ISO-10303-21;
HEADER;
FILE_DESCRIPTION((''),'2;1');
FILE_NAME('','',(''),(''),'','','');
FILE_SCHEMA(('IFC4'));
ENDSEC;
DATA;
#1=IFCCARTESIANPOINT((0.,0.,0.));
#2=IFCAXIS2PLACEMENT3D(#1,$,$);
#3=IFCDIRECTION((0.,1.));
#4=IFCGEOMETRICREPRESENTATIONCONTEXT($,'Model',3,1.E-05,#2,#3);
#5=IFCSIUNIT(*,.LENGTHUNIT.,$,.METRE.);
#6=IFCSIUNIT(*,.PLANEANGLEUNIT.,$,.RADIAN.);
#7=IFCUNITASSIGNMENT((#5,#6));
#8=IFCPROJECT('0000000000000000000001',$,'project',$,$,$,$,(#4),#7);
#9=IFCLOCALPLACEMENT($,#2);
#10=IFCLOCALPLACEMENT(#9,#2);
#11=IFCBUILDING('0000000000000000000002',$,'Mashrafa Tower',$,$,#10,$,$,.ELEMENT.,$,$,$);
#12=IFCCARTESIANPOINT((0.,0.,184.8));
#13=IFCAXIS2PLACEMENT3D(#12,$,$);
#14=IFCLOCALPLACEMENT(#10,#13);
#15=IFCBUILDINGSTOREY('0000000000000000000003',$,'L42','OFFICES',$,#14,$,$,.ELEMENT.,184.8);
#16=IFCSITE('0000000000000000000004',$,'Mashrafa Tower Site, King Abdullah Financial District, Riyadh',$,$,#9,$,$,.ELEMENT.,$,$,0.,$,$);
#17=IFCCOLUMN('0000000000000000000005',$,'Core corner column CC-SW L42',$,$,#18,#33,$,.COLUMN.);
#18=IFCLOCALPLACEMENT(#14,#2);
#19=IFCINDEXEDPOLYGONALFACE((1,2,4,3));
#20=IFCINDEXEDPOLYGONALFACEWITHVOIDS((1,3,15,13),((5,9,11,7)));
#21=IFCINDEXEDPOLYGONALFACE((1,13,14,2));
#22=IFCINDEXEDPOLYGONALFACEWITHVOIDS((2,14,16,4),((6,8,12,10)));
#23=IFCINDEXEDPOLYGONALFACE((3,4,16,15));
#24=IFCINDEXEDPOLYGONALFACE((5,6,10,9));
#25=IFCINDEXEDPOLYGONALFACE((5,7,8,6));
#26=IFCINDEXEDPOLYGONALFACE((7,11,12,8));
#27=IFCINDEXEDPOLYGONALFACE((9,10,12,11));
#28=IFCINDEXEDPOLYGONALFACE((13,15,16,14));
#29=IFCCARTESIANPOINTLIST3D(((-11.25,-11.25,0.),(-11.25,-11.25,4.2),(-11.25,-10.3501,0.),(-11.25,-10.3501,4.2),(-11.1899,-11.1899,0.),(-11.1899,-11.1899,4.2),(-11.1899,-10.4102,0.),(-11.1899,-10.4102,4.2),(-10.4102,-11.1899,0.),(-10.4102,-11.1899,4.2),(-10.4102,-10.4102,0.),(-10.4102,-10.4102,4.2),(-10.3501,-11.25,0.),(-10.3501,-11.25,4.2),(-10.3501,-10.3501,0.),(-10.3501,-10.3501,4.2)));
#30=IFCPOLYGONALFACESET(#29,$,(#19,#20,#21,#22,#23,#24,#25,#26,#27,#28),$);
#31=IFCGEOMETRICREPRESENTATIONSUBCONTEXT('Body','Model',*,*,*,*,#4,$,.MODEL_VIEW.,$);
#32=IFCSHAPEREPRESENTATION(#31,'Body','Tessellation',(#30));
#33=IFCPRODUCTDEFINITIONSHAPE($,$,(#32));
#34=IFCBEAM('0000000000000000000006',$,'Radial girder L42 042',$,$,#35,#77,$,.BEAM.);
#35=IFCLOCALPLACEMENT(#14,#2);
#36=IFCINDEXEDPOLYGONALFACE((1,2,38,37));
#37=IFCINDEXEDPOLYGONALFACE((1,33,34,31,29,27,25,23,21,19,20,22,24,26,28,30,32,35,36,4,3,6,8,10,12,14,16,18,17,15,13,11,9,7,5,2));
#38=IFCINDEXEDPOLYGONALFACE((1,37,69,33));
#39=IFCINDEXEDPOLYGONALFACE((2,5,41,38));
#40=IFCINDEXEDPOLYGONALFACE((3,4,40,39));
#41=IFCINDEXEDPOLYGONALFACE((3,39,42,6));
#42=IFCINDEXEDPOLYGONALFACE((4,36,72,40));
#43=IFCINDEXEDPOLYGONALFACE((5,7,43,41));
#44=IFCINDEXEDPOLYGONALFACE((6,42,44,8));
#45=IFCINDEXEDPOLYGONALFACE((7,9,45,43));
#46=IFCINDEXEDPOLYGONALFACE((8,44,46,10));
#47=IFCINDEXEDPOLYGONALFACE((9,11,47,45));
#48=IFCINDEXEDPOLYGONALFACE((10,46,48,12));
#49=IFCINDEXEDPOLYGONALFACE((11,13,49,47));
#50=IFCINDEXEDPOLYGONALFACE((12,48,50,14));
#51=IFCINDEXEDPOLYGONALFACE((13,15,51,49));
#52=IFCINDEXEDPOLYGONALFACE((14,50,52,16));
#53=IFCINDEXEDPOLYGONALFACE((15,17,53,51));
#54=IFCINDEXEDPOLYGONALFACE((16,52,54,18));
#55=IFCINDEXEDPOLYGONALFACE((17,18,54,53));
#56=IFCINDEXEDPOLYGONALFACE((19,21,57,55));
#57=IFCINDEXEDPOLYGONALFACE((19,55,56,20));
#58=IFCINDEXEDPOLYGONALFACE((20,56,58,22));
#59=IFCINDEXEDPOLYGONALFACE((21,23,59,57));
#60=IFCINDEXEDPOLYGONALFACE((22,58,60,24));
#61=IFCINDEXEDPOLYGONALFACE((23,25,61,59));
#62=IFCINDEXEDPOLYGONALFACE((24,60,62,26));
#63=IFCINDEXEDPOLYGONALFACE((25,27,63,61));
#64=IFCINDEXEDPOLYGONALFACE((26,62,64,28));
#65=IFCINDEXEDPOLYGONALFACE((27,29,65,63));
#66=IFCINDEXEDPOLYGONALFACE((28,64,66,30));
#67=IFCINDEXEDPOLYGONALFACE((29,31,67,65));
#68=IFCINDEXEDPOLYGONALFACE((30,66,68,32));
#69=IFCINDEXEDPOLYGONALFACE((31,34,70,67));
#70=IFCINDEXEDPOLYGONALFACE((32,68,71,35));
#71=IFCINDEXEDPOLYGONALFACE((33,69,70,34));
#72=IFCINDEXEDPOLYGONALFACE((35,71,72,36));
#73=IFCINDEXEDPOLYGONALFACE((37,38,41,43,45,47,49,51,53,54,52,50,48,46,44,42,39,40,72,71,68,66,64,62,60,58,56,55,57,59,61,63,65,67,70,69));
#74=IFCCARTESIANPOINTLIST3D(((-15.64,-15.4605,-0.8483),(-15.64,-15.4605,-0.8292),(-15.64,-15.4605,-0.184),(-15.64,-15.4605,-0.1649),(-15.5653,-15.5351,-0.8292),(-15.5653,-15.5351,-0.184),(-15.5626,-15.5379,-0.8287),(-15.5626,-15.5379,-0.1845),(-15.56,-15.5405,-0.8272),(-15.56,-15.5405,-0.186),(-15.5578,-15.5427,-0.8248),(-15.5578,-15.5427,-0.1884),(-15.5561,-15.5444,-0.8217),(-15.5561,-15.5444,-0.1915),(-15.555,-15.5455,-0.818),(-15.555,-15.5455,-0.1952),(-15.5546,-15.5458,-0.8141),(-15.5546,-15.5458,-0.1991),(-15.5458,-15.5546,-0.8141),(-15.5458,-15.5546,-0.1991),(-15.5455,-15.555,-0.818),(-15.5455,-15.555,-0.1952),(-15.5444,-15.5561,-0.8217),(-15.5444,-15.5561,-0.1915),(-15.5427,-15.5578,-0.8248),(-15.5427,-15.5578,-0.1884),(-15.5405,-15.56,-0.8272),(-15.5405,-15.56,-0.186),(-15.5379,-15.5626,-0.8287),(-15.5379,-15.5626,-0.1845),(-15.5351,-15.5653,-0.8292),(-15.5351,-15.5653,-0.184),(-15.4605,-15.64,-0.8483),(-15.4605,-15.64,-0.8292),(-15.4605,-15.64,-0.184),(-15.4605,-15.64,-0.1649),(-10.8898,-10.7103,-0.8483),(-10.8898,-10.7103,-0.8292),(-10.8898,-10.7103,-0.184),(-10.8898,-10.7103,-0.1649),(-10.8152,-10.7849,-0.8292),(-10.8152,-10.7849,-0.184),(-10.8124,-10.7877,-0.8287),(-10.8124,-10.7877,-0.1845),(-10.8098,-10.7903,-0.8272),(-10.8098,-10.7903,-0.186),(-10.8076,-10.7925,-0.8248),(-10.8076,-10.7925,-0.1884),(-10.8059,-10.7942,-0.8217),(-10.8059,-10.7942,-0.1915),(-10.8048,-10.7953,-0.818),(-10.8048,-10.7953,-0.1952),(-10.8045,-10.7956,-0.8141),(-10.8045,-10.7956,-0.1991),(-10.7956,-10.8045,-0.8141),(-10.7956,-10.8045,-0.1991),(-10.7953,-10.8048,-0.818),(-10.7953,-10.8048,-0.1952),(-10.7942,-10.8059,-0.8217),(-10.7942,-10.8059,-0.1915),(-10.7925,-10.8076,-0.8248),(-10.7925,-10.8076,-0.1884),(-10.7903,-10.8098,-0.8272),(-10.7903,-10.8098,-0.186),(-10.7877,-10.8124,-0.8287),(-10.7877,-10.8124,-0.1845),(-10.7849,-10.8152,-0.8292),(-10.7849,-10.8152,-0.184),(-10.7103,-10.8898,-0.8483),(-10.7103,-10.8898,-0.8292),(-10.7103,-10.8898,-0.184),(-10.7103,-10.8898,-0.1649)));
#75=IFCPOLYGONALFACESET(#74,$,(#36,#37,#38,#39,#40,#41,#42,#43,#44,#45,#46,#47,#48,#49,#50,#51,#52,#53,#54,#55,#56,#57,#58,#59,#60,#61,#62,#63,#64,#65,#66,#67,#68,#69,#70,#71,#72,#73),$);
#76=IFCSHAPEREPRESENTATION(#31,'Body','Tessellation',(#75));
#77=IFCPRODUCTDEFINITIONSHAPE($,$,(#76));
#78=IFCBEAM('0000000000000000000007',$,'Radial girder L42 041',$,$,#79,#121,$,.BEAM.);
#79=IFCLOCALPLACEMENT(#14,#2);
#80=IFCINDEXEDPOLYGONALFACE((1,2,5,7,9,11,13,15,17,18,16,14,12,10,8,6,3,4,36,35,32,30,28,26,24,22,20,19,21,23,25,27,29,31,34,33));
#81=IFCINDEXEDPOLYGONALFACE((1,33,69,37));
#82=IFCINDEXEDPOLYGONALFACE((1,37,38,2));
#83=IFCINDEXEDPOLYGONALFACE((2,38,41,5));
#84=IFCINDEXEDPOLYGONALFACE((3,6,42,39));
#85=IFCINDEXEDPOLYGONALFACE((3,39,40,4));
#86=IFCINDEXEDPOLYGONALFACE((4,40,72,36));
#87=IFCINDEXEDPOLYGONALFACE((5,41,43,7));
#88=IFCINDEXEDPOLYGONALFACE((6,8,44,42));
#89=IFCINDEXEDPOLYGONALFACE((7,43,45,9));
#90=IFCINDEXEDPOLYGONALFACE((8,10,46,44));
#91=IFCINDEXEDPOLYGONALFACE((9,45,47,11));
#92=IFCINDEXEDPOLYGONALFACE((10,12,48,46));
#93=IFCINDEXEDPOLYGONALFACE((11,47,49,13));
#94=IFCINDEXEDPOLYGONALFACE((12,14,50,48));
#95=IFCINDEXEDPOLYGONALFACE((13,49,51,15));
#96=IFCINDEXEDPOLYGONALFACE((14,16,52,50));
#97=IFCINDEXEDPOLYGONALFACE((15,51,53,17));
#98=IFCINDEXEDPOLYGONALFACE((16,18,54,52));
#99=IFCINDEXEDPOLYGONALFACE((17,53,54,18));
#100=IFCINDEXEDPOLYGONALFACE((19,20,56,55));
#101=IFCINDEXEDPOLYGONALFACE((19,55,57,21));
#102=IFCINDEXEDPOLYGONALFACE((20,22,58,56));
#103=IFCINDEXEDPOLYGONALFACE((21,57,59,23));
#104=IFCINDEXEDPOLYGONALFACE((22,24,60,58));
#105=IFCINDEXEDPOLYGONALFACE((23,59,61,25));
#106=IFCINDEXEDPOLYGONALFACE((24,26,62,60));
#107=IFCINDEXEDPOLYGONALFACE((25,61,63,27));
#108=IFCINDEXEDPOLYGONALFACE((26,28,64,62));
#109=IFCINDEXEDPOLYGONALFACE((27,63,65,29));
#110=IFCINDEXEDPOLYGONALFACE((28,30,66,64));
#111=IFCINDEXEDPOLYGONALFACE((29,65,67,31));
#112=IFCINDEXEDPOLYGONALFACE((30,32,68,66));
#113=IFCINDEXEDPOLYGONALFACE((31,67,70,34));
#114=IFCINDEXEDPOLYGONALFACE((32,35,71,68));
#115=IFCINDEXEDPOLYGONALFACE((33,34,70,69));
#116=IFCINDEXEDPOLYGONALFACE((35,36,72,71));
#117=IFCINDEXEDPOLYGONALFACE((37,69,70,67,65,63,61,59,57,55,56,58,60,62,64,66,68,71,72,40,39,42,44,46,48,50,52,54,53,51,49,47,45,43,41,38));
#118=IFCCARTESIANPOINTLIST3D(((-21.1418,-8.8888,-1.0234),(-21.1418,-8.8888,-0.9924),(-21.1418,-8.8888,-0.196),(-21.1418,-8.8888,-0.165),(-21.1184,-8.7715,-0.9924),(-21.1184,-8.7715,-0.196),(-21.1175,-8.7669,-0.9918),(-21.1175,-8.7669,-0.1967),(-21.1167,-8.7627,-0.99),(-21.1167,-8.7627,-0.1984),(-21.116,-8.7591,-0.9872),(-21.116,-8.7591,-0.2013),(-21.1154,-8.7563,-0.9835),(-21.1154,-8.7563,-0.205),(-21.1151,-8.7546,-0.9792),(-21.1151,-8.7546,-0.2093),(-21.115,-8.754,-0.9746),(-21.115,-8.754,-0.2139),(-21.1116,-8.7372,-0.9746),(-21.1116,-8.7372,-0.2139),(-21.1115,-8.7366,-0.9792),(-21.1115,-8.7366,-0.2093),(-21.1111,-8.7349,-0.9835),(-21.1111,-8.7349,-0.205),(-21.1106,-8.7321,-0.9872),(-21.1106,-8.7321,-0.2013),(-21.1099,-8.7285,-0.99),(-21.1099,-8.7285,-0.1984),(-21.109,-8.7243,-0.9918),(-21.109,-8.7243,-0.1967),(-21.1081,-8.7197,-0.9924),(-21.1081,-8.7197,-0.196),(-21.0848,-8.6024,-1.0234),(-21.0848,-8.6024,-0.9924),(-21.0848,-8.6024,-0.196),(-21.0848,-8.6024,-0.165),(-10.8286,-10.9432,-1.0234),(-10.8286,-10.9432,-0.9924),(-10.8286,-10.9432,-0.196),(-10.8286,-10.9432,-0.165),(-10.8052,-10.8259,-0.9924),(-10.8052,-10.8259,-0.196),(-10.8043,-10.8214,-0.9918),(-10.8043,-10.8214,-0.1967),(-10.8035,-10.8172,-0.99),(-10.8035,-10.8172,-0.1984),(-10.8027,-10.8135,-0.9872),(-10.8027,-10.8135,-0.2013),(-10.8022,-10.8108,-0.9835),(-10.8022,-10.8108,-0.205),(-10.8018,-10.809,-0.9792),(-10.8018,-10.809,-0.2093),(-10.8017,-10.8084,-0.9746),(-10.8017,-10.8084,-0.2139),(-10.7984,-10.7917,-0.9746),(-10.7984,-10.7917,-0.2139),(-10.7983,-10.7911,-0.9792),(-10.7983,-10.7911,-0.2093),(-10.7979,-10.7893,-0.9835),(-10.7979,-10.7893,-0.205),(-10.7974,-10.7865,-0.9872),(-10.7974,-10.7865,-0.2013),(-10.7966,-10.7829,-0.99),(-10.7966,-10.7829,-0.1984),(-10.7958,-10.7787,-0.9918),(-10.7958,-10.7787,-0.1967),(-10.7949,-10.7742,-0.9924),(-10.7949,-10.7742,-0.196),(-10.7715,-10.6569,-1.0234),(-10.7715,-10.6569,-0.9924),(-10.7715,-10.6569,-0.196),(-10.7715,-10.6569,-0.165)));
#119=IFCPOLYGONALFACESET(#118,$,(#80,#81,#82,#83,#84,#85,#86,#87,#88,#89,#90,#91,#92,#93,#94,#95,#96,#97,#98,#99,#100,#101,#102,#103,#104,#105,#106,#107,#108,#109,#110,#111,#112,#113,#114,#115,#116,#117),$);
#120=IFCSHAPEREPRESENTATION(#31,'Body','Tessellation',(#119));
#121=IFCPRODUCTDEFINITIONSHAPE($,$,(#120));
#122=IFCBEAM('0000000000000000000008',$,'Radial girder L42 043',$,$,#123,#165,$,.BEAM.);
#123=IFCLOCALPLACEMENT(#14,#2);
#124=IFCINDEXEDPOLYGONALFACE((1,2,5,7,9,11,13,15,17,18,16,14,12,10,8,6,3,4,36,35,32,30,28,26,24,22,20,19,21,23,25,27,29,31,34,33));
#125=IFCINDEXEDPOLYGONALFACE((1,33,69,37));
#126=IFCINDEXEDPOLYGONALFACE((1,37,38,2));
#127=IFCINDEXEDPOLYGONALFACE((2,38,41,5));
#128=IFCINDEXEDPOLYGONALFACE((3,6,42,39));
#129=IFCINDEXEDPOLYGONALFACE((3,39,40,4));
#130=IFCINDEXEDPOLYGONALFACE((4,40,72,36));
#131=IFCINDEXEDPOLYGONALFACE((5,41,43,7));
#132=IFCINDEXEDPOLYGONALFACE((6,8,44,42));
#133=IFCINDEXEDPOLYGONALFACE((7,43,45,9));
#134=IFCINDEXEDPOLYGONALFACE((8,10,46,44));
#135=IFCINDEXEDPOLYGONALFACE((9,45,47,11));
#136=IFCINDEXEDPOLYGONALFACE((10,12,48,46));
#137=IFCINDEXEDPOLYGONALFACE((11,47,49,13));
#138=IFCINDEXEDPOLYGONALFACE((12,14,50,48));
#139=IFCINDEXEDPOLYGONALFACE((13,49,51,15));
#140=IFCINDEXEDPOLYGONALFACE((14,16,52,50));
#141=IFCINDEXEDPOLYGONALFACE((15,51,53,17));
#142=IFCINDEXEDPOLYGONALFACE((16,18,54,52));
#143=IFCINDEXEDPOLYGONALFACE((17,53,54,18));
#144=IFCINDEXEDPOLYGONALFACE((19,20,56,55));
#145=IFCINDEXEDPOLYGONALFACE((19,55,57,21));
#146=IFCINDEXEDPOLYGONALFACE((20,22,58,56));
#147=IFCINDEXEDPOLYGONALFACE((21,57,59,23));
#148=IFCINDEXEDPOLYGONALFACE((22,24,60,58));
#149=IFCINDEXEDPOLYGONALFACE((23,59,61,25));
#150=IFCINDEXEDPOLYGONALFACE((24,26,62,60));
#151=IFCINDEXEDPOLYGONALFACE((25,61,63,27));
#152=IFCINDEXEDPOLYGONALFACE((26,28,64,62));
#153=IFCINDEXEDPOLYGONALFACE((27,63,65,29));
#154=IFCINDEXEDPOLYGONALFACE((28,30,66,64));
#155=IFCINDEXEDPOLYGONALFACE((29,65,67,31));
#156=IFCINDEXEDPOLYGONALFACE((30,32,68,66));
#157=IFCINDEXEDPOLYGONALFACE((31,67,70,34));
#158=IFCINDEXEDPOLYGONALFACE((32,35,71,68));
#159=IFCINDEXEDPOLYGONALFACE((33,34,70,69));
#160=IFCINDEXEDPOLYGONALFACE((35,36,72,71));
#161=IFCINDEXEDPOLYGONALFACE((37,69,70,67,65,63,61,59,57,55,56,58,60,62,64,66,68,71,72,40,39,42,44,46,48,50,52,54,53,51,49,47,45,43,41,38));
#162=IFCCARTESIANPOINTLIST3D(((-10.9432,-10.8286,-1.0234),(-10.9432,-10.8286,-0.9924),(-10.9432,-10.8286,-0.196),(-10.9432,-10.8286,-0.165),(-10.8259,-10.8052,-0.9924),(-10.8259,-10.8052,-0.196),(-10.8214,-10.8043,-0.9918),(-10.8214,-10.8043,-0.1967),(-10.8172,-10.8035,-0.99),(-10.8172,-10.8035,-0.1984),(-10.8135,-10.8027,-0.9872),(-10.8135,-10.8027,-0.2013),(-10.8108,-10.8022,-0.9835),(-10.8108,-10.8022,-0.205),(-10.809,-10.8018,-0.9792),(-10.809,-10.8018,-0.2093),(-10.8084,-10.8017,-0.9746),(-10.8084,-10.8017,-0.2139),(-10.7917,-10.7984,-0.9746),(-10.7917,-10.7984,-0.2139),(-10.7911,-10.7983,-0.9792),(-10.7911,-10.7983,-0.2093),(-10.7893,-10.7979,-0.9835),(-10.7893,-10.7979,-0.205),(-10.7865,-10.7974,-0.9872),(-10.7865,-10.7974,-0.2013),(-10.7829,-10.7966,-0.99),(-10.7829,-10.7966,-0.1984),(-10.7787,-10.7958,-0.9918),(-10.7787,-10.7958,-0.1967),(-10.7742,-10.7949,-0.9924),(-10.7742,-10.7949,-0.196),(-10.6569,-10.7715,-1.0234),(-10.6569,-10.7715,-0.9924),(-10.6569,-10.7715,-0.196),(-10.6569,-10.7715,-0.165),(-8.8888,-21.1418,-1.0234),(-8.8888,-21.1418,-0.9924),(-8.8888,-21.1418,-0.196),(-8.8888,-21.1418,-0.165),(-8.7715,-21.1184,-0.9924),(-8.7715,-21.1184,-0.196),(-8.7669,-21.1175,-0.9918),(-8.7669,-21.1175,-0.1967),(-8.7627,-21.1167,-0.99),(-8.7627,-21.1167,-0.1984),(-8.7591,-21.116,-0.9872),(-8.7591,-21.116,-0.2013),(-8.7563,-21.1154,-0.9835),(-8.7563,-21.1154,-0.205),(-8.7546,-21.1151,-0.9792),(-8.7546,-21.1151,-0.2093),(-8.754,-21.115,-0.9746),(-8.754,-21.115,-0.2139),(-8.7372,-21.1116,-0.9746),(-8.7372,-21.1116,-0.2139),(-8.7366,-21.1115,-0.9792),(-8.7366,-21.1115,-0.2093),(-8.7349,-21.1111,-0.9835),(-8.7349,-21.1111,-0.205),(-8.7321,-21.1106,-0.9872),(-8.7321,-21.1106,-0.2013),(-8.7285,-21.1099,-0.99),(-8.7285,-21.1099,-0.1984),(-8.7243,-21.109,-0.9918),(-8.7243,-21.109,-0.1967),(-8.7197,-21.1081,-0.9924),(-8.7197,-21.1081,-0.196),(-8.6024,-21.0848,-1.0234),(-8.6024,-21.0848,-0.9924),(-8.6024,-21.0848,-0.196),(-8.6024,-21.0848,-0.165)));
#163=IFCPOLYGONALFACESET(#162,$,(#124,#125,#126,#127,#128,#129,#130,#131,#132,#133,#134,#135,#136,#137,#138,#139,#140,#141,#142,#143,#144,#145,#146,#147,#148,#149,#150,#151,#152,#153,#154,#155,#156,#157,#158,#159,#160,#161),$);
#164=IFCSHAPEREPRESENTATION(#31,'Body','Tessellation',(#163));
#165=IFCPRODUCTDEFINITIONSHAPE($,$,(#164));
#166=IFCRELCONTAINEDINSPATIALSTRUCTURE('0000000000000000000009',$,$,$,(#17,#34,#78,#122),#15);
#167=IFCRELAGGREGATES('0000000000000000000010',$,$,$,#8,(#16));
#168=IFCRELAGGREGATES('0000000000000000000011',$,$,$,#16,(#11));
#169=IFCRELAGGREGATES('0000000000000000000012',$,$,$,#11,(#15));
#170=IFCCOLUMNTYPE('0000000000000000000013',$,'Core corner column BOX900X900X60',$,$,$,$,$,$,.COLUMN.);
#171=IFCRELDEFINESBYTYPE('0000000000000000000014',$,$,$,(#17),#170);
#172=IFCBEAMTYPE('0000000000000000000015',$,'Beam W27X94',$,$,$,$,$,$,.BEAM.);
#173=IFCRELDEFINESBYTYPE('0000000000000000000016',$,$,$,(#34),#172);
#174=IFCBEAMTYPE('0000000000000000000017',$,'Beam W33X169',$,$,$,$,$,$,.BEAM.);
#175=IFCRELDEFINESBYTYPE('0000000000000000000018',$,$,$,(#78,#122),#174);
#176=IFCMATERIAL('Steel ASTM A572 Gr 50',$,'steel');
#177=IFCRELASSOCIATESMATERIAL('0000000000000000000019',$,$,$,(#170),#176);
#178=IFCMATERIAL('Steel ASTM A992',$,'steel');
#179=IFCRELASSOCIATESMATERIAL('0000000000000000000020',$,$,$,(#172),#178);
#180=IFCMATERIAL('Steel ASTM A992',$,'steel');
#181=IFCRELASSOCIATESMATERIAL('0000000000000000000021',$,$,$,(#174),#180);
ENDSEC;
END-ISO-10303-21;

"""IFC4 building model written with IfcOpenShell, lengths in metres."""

from ifc_helpers import new_model, si_unit, direction, frame, origin, origin_2d, place, context, subcontext, project, spatial, hollow_rectangle, i_section, extrude, material, material_profile, profile_set, type_object, element, save


model = new_model("IFC4")

# Units and contexts
model_context = context("Model", 3, precision=1e-05, world=origin(), true_north=direction((0.0, 1.0)))
body_context = subcontext(model_context, "Body", "Model", "MODEL_VIEW")
ifc_project = project(units=[si_unit("LENGTHUNIT", "METRE"), si_unit("PLANEANGLEUNIT", "RADIAN")], contexts=[model_context])

# Site, building, storey
site_placement = place(None, origin())
site = spatial("IfcSite", under=ifc_project, at=site_placement, Name="Mashrafa Tower Site, King Abdullah Financial District, Riyadh", CompositionType="ELEMENT", RefElevation=0.0)
building_placement = place(site_placement, origin())
building = spatial("IfcBuilding", under=site, at=building_placement, Name="Mashrafa Tower", CompositionType="ELEMENT")
storey_placement = place(building_placement, frame((0.0, 0.0, 184.8)))
storey = spatial("IfcBuildingStorey", under=building, at=storey_placement, Name="L42", Description="OFFICES", CompositionType="ELEMENT", Elevation=184.8)

# Column
ifc_material_1 = material(Name="Steel ASTM A572 Gr 50", Category="steel")
ifc_material_profile_1 = material_profile(ifc_material_1, hollow_rectangle(XDim=0.8999, YDim=0.8999, WallThickness=0.0601, at=origin_2d()), Name="BOX900X900X60")
ifc_profile_set_1 = profile_set([ifc_material_profile_1], Name="Steel ASTM A572 Gr 50")
column_type = type_object("IfcColumnType", Name="Core corner column BOX900X900X60", PredefinedType="COLUMN", material=ifc_profile_set_1)
column_placement = place(storey_placement, frame((-10.8, -10.8, 0.0), z_axis=(0.0, 0.0, 1.0), x_axis=(1.0, 0.0, 0.0)))
element("IfcColumn", 1, at=column_placement, inside=storey, type_object=column_type, Name="Core corner column CC-SW L42", PredefinedType="COLUMN", context=body_context, shape_type="SweptSolid", body=[
    extrude(hollow_rectangle(XDim=0.8999, YDim=0.8999, WallThickness=0.0601, at=origin_2d()), origin(), (0.0, 0.0, 1.0), 4.2),
])

# Beams
ifc_material_2 = material(Name="Steel ASTM A992", Category="steel")
ifc_material_profile_2 = material_profile(ifc_material_2, i_section(OverallWidth=0.2539, OverallDepth=0.6833, WebThickness=0.0125, FlangeThickness=0.019, FilletRadius=0.0151, at=origin_2d()), Name="W27X94")
ifc_profile_set_2 = profile_set([ifc_material_profile_2], Name="Steel ASTM A992")
beam_type_1 = type_object("IfcBeamType", Name="Beam W27X94", PredefinedType="BEAM", material=ifc_profile_set_2)
beam_1_placement = place(storey_placement, frame((-10.8, -10.8, -0.5066), z_axis=(-0.707107, -0.707107, 0.0), x_axis=(0.707107, -0.707107, 0.0)))
element("IfcBeam", 2, at=beam_1_placement, inside=storey, type_object=beam_type_1, Name="Radial girder L42 042", PredefinedType="BEAM", context=body_context, shape_type="SweptSolid", body=[
    extrude(i_section(OverallWidth=0.2539, OverallDepth=0.6833, WebThickness=0.0125, FlangeThickness=0.019, FilletRadius=0.0151, at=origin_2d()), origin(), (0.0, 0.0, 1.0), 6.7178),
])
ifc_material_3 = material(Name="Steel ASTM A992", Category="steel")
ifc_material_profile_3 = material_profile(ifc_material_3, i_section(OverallWidth=0.292, OverallDepth=0.8584, WebThickness=0.0171, FlangeThickness=0.031, FilletRadius=0.0178, at=origin_2d()), Name="W33X169")
ifc_profile_set_3 = profile_set([ifc_material_profile_3], Name="Steel ASTM A992")
beam_type_2 = type_object("IfcBeamType", Name="Beam W33X169", PredefinedType="BEAM", material=ifc_profile_set_3)
for number, where, z_axis, x_axis, name in (
    (3, (-10.8, -10.8, -0.5942), (-0.98073, 0.195366, 0.0), (-0.195366, -0.98073, 0.0), "Radial girder L42 041"),
    (4, (-10.8, -10.8, -0.5942), (0.195366, -0.98073, 0.0), (0.98073, 0.195366, 0.0), "Radial girder L42 043"),
):
    element("IfcBeam", number, at=place(storey_placement, frame(where, z_axis=z_axis, x_axis=x_axis)), inside=storey, type_object=beam_type_2, Name=name, PredefinedType="BEAM", context=body_context, shape_type="SweptSolid", body=[
        extrude(i_section(OverallWidth=0.292, OverallDepth=0.8584, WebThickness=0.0171, FlangeThickness=0.031, FilletRadius=0.0178, at=origin_2d()), origin(), (0.0, 0.0, 1.0), 10.5159),
    ])

save(model, "model.ifc")
